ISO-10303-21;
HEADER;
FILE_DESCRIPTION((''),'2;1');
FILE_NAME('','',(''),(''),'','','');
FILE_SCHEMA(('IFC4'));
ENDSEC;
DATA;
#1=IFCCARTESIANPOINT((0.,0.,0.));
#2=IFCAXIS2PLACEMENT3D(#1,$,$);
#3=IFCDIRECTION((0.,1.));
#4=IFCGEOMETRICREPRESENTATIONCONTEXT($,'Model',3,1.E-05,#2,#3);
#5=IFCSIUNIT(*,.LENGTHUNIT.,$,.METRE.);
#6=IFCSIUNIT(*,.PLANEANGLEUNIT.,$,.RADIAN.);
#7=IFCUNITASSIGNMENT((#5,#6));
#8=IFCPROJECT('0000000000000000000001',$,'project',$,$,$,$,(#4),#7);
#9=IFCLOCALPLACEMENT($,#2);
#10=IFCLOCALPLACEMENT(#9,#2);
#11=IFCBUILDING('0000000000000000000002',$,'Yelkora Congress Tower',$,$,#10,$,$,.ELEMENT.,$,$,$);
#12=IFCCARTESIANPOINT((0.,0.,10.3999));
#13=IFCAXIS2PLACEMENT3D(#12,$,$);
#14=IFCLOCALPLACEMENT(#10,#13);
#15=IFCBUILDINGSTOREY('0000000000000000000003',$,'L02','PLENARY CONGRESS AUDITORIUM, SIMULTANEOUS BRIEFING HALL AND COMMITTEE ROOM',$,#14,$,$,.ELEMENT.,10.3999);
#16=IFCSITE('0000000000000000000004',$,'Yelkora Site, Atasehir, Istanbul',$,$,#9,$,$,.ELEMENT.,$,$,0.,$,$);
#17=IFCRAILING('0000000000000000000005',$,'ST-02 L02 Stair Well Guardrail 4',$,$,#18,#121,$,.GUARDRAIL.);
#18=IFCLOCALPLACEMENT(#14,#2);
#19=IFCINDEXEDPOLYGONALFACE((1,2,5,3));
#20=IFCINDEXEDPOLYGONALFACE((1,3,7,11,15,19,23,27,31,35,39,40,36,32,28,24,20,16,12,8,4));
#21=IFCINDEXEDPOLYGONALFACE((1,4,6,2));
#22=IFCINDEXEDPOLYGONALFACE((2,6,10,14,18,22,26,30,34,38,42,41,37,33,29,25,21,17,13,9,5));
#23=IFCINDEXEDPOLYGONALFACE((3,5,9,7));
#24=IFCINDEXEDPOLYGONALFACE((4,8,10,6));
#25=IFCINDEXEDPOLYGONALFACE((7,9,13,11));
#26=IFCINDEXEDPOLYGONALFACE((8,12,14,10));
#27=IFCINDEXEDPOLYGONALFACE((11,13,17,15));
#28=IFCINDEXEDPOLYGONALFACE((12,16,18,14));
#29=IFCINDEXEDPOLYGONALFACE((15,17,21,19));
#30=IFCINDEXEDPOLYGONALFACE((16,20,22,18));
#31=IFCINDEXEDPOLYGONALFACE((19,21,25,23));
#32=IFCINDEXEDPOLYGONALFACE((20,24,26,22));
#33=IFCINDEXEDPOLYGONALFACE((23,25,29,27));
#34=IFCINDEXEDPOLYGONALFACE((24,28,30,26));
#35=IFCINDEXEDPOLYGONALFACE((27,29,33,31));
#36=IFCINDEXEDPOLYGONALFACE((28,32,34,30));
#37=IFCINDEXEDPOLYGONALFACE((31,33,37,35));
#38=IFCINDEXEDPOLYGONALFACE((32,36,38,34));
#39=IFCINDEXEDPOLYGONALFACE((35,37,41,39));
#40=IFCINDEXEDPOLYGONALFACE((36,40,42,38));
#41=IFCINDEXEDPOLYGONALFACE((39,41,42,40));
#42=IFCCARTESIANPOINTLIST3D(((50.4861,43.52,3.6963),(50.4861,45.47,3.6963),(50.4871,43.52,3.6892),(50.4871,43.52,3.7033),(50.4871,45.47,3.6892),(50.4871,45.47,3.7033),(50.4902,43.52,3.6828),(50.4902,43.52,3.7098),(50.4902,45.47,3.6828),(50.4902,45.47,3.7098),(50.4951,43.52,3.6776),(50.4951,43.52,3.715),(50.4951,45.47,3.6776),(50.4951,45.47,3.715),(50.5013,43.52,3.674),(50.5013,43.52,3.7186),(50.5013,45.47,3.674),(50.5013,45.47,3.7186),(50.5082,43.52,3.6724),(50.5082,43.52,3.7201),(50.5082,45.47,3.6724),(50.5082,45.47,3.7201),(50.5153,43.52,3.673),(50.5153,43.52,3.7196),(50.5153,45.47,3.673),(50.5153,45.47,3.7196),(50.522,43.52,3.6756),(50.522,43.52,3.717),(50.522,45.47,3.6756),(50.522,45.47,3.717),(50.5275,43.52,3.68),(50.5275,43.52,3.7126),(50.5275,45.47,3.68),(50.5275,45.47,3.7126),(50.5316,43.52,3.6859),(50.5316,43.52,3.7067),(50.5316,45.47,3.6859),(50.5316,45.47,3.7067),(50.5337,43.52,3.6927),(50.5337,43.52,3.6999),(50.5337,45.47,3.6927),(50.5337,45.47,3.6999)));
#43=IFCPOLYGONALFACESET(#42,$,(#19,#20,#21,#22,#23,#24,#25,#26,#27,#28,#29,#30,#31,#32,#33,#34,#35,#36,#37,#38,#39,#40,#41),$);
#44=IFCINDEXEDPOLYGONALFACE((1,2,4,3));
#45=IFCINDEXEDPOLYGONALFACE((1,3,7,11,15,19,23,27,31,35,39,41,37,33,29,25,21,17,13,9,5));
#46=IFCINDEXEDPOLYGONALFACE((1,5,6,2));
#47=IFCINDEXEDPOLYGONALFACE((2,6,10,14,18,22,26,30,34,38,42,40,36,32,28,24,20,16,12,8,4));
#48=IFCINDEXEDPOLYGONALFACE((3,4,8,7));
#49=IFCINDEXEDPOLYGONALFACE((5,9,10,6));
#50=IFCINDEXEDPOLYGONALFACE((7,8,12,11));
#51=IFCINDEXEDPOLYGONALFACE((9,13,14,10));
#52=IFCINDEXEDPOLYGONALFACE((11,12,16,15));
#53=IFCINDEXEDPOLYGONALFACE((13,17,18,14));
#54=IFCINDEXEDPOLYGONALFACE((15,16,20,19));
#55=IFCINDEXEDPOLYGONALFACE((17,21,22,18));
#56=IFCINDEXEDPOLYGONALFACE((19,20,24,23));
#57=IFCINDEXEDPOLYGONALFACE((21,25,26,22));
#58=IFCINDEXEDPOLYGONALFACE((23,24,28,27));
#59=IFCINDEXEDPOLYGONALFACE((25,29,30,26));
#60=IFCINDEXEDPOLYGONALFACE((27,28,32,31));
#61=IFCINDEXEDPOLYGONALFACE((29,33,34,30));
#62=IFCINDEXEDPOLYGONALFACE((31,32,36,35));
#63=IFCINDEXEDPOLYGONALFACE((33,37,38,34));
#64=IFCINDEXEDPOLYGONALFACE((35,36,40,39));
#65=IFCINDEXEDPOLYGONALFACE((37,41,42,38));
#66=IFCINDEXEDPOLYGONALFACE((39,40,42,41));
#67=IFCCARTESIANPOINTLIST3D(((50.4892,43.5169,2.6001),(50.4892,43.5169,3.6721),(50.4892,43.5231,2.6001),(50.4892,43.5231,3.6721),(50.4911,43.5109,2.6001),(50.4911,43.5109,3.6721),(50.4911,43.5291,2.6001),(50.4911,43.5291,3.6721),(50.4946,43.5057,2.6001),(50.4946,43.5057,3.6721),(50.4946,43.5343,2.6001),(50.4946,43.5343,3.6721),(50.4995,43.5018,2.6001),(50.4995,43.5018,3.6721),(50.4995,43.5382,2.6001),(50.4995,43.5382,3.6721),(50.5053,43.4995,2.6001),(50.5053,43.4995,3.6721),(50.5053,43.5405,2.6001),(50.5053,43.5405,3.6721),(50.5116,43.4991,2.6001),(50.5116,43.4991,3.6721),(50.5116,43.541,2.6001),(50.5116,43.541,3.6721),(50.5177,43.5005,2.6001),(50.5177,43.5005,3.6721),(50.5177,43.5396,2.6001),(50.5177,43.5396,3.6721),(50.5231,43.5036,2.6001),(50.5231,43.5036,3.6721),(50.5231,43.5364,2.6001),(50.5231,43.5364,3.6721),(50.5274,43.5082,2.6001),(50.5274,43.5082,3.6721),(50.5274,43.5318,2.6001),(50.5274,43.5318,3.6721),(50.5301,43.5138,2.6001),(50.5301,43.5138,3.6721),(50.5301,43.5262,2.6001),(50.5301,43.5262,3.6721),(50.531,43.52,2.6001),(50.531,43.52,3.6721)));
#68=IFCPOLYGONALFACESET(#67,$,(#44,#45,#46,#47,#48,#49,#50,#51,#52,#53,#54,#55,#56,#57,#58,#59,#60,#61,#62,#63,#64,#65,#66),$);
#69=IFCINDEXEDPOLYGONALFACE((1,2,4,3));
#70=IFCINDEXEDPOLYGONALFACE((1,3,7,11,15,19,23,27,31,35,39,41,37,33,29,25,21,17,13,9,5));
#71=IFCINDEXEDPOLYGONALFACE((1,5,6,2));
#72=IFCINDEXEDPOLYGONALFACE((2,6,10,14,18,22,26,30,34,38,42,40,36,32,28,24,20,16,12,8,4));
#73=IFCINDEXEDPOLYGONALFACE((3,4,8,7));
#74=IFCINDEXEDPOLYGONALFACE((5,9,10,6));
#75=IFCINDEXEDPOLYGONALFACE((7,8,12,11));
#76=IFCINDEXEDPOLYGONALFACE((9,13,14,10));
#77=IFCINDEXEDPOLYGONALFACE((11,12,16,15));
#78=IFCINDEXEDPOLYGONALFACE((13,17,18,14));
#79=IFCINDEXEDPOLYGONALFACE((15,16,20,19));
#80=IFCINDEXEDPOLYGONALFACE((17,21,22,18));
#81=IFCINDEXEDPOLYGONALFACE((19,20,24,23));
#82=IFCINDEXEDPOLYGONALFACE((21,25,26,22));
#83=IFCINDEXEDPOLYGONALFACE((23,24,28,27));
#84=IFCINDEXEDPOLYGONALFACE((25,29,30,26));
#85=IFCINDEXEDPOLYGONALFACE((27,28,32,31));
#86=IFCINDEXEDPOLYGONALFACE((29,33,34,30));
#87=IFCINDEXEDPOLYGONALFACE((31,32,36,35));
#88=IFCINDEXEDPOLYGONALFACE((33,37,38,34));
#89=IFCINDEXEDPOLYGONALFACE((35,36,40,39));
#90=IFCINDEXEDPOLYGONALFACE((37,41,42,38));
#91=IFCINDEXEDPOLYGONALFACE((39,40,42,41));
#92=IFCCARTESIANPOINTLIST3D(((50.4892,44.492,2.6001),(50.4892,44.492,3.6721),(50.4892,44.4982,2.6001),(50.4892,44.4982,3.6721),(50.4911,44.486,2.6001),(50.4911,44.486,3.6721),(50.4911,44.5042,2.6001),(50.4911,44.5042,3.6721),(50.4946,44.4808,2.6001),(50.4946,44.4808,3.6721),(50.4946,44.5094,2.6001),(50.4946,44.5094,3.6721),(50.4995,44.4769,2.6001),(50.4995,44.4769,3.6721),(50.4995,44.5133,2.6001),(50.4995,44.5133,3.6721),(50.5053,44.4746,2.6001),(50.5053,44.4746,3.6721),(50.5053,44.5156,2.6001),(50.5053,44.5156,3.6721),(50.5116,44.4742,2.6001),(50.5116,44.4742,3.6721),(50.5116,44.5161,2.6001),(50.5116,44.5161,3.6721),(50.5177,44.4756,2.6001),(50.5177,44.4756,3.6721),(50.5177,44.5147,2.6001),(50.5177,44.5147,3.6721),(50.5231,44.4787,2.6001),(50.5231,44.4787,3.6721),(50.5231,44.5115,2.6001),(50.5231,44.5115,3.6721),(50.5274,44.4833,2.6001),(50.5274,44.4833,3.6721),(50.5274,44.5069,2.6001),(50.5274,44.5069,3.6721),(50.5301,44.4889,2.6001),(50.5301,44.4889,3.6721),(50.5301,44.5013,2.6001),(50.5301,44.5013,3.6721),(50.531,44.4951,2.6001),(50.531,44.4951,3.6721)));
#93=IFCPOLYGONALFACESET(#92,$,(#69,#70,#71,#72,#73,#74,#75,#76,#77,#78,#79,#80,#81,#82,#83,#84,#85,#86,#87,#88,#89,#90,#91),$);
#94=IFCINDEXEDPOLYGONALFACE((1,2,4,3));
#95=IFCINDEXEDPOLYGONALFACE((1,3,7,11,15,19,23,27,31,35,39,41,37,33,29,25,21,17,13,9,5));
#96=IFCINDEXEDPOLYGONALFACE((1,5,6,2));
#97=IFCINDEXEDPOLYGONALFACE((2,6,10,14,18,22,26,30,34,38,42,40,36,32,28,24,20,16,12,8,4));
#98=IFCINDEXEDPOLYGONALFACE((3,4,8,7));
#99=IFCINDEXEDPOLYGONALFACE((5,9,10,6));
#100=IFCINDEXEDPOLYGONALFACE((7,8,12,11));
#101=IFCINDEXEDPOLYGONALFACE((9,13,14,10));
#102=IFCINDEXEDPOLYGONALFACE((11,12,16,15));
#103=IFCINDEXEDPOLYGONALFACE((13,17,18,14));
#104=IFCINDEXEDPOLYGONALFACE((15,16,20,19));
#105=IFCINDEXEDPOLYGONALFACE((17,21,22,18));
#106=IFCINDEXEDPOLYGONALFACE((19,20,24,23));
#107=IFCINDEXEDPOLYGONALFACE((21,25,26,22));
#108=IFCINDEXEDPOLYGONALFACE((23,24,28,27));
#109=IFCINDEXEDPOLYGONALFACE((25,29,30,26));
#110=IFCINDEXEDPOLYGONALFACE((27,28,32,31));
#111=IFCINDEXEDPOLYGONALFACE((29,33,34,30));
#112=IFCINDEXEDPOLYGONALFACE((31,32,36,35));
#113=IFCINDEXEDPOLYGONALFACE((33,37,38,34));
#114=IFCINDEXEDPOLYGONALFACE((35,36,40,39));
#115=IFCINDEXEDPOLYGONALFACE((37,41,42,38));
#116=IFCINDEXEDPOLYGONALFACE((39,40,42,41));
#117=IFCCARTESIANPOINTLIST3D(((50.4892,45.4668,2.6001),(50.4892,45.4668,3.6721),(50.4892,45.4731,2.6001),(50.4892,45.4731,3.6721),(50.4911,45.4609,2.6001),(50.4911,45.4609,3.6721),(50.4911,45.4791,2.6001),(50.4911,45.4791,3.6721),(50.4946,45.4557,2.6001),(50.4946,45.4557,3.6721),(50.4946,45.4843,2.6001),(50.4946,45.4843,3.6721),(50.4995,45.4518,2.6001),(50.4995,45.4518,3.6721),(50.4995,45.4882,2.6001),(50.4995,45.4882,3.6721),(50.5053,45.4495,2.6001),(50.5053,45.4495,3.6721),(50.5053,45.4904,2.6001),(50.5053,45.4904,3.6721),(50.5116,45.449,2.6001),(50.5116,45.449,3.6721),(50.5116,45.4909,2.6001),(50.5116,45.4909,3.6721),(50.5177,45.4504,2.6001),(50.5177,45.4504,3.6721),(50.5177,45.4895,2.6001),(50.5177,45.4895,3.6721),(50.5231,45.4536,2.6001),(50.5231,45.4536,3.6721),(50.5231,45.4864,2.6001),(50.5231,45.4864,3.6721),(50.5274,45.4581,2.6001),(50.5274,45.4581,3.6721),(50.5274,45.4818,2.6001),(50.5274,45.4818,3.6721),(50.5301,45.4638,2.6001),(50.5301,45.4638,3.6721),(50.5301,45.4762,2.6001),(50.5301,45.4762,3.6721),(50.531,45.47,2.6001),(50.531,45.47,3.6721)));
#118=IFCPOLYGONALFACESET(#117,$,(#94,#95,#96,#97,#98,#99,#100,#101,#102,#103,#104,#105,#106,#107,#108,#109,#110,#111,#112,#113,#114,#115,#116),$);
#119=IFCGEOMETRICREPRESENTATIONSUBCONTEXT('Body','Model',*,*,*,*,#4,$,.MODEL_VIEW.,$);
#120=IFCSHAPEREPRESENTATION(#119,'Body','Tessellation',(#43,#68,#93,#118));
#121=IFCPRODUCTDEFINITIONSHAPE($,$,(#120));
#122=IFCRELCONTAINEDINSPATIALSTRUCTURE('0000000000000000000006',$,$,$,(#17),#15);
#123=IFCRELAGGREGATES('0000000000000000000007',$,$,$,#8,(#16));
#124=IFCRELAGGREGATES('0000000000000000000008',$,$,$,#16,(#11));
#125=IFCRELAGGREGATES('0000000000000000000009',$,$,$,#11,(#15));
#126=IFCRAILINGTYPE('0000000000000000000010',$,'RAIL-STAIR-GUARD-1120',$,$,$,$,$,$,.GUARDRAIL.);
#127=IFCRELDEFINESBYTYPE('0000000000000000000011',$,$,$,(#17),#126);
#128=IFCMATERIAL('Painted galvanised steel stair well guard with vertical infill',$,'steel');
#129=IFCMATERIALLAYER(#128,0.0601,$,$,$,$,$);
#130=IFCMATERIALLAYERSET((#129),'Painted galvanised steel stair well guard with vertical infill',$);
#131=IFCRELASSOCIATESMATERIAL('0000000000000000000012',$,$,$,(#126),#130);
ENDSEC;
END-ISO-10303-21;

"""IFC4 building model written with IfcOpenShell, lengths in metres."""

from ifc_helpers import new_model, si_unit, direction, frame, origin, origin_2d, place, context, subcontext, project, spatial, circle, extrude, material, layer, layer_set, type_object, element, save


model = new_model("IFC4")

# Units and contexts
model_context = context("Model", 3, precision=1e-05, world=origin(), true_north=direction((0.0, 1.0)))
body_context = subcontext(model_context, "Body", "Model", "MODEL_VIEW")
ifc_project = project(units=[si_unit("LENGTHUNIT", "METRE"), si_unit("PLANEANGLEUNIT", "RADIAN")], contexts=[model_context])

# Site, building, storey
site_placement = place(None, origin())
site = spatial("IfcSite", under=ifc_project, at=site_placement, Name="Yelkora Site, Atasehir, Istanbul", CompositionType="ELEMENT", RefElevation=0.0)
building_placement = place(site_placement, origin())
building = spatial("IfcBuilding", under=site, at=building_placement, Name="Yelkora Congress Tower", CompositionType="ELEMENT")
storey_placement = place(building_placement, frame((0.0, 0.0, 10.3999)))
storey = spatial("IfcBuildingStorey", under=building, at=storey_placement, Name="L02", Description="PLENARY CONGRESS AUDITORIUM, SIMULTANEOUS BRIEFING HALL AND COMMITTEE ROOM", CompositionType="ELEMENT", Elevation=10.3999)

# Railing
ifc_material_1 = material(Name="Painted galvanised steel stair well guard with vertical infill", Category="steel")
ifc_layer_1 = layer(ifc_material_1, 0.0601)
ifc_layer_set_1 = layer_set([ifc_layer_1], Name="Painted galvanised steel stair well guard with vertical infill")
railing_type_1 = type_object("IfcRailingType", Name="RAIL-STAIR-GUARD-1120", PredefinedType="GUARDRAIL", material=ifc_layer_set_1)
for number, where, name in (
    (1, (50.51, 43.52, 2.6001), "ST-02 L02 Stair Well Guardrail 4"),
):
    element("IfcRailing", number, at=place(storey_placement, frame(where)), inside=storey, type_object=railing_type_1, Name=name, PredefinedType="GUARDRAIL", context=body_context, shape_type="SweptSolid", body=[
        extrude(circle(Radius=0.0239, at=origin_2d()), frame((0.0, 0.0, 1.0962), z_axis=(0.0, 1.0, 0.0), x_axis=(-1.0, 0.0, 0.0)), (0.0, 0.0, 1.0), 1.95),
        extrude(circle(Radius=0.021, at=origin_2d()), origin(), (0.0, 0.0, 1.0), 1.072),
        extrude(circle(Radius=0.021, at=origin_2d()), frame((0.0, 0.9751, 0.0)), (0.0, 0.0, 1.0), 1.072),
        extrude(circle(Radius=0.021, at=origin_2d()), frame((0.0, 1.95, 0.0)), (0.0, 0.0, 1.0), 1.072),
    ])

save(model, "model.ifc")
